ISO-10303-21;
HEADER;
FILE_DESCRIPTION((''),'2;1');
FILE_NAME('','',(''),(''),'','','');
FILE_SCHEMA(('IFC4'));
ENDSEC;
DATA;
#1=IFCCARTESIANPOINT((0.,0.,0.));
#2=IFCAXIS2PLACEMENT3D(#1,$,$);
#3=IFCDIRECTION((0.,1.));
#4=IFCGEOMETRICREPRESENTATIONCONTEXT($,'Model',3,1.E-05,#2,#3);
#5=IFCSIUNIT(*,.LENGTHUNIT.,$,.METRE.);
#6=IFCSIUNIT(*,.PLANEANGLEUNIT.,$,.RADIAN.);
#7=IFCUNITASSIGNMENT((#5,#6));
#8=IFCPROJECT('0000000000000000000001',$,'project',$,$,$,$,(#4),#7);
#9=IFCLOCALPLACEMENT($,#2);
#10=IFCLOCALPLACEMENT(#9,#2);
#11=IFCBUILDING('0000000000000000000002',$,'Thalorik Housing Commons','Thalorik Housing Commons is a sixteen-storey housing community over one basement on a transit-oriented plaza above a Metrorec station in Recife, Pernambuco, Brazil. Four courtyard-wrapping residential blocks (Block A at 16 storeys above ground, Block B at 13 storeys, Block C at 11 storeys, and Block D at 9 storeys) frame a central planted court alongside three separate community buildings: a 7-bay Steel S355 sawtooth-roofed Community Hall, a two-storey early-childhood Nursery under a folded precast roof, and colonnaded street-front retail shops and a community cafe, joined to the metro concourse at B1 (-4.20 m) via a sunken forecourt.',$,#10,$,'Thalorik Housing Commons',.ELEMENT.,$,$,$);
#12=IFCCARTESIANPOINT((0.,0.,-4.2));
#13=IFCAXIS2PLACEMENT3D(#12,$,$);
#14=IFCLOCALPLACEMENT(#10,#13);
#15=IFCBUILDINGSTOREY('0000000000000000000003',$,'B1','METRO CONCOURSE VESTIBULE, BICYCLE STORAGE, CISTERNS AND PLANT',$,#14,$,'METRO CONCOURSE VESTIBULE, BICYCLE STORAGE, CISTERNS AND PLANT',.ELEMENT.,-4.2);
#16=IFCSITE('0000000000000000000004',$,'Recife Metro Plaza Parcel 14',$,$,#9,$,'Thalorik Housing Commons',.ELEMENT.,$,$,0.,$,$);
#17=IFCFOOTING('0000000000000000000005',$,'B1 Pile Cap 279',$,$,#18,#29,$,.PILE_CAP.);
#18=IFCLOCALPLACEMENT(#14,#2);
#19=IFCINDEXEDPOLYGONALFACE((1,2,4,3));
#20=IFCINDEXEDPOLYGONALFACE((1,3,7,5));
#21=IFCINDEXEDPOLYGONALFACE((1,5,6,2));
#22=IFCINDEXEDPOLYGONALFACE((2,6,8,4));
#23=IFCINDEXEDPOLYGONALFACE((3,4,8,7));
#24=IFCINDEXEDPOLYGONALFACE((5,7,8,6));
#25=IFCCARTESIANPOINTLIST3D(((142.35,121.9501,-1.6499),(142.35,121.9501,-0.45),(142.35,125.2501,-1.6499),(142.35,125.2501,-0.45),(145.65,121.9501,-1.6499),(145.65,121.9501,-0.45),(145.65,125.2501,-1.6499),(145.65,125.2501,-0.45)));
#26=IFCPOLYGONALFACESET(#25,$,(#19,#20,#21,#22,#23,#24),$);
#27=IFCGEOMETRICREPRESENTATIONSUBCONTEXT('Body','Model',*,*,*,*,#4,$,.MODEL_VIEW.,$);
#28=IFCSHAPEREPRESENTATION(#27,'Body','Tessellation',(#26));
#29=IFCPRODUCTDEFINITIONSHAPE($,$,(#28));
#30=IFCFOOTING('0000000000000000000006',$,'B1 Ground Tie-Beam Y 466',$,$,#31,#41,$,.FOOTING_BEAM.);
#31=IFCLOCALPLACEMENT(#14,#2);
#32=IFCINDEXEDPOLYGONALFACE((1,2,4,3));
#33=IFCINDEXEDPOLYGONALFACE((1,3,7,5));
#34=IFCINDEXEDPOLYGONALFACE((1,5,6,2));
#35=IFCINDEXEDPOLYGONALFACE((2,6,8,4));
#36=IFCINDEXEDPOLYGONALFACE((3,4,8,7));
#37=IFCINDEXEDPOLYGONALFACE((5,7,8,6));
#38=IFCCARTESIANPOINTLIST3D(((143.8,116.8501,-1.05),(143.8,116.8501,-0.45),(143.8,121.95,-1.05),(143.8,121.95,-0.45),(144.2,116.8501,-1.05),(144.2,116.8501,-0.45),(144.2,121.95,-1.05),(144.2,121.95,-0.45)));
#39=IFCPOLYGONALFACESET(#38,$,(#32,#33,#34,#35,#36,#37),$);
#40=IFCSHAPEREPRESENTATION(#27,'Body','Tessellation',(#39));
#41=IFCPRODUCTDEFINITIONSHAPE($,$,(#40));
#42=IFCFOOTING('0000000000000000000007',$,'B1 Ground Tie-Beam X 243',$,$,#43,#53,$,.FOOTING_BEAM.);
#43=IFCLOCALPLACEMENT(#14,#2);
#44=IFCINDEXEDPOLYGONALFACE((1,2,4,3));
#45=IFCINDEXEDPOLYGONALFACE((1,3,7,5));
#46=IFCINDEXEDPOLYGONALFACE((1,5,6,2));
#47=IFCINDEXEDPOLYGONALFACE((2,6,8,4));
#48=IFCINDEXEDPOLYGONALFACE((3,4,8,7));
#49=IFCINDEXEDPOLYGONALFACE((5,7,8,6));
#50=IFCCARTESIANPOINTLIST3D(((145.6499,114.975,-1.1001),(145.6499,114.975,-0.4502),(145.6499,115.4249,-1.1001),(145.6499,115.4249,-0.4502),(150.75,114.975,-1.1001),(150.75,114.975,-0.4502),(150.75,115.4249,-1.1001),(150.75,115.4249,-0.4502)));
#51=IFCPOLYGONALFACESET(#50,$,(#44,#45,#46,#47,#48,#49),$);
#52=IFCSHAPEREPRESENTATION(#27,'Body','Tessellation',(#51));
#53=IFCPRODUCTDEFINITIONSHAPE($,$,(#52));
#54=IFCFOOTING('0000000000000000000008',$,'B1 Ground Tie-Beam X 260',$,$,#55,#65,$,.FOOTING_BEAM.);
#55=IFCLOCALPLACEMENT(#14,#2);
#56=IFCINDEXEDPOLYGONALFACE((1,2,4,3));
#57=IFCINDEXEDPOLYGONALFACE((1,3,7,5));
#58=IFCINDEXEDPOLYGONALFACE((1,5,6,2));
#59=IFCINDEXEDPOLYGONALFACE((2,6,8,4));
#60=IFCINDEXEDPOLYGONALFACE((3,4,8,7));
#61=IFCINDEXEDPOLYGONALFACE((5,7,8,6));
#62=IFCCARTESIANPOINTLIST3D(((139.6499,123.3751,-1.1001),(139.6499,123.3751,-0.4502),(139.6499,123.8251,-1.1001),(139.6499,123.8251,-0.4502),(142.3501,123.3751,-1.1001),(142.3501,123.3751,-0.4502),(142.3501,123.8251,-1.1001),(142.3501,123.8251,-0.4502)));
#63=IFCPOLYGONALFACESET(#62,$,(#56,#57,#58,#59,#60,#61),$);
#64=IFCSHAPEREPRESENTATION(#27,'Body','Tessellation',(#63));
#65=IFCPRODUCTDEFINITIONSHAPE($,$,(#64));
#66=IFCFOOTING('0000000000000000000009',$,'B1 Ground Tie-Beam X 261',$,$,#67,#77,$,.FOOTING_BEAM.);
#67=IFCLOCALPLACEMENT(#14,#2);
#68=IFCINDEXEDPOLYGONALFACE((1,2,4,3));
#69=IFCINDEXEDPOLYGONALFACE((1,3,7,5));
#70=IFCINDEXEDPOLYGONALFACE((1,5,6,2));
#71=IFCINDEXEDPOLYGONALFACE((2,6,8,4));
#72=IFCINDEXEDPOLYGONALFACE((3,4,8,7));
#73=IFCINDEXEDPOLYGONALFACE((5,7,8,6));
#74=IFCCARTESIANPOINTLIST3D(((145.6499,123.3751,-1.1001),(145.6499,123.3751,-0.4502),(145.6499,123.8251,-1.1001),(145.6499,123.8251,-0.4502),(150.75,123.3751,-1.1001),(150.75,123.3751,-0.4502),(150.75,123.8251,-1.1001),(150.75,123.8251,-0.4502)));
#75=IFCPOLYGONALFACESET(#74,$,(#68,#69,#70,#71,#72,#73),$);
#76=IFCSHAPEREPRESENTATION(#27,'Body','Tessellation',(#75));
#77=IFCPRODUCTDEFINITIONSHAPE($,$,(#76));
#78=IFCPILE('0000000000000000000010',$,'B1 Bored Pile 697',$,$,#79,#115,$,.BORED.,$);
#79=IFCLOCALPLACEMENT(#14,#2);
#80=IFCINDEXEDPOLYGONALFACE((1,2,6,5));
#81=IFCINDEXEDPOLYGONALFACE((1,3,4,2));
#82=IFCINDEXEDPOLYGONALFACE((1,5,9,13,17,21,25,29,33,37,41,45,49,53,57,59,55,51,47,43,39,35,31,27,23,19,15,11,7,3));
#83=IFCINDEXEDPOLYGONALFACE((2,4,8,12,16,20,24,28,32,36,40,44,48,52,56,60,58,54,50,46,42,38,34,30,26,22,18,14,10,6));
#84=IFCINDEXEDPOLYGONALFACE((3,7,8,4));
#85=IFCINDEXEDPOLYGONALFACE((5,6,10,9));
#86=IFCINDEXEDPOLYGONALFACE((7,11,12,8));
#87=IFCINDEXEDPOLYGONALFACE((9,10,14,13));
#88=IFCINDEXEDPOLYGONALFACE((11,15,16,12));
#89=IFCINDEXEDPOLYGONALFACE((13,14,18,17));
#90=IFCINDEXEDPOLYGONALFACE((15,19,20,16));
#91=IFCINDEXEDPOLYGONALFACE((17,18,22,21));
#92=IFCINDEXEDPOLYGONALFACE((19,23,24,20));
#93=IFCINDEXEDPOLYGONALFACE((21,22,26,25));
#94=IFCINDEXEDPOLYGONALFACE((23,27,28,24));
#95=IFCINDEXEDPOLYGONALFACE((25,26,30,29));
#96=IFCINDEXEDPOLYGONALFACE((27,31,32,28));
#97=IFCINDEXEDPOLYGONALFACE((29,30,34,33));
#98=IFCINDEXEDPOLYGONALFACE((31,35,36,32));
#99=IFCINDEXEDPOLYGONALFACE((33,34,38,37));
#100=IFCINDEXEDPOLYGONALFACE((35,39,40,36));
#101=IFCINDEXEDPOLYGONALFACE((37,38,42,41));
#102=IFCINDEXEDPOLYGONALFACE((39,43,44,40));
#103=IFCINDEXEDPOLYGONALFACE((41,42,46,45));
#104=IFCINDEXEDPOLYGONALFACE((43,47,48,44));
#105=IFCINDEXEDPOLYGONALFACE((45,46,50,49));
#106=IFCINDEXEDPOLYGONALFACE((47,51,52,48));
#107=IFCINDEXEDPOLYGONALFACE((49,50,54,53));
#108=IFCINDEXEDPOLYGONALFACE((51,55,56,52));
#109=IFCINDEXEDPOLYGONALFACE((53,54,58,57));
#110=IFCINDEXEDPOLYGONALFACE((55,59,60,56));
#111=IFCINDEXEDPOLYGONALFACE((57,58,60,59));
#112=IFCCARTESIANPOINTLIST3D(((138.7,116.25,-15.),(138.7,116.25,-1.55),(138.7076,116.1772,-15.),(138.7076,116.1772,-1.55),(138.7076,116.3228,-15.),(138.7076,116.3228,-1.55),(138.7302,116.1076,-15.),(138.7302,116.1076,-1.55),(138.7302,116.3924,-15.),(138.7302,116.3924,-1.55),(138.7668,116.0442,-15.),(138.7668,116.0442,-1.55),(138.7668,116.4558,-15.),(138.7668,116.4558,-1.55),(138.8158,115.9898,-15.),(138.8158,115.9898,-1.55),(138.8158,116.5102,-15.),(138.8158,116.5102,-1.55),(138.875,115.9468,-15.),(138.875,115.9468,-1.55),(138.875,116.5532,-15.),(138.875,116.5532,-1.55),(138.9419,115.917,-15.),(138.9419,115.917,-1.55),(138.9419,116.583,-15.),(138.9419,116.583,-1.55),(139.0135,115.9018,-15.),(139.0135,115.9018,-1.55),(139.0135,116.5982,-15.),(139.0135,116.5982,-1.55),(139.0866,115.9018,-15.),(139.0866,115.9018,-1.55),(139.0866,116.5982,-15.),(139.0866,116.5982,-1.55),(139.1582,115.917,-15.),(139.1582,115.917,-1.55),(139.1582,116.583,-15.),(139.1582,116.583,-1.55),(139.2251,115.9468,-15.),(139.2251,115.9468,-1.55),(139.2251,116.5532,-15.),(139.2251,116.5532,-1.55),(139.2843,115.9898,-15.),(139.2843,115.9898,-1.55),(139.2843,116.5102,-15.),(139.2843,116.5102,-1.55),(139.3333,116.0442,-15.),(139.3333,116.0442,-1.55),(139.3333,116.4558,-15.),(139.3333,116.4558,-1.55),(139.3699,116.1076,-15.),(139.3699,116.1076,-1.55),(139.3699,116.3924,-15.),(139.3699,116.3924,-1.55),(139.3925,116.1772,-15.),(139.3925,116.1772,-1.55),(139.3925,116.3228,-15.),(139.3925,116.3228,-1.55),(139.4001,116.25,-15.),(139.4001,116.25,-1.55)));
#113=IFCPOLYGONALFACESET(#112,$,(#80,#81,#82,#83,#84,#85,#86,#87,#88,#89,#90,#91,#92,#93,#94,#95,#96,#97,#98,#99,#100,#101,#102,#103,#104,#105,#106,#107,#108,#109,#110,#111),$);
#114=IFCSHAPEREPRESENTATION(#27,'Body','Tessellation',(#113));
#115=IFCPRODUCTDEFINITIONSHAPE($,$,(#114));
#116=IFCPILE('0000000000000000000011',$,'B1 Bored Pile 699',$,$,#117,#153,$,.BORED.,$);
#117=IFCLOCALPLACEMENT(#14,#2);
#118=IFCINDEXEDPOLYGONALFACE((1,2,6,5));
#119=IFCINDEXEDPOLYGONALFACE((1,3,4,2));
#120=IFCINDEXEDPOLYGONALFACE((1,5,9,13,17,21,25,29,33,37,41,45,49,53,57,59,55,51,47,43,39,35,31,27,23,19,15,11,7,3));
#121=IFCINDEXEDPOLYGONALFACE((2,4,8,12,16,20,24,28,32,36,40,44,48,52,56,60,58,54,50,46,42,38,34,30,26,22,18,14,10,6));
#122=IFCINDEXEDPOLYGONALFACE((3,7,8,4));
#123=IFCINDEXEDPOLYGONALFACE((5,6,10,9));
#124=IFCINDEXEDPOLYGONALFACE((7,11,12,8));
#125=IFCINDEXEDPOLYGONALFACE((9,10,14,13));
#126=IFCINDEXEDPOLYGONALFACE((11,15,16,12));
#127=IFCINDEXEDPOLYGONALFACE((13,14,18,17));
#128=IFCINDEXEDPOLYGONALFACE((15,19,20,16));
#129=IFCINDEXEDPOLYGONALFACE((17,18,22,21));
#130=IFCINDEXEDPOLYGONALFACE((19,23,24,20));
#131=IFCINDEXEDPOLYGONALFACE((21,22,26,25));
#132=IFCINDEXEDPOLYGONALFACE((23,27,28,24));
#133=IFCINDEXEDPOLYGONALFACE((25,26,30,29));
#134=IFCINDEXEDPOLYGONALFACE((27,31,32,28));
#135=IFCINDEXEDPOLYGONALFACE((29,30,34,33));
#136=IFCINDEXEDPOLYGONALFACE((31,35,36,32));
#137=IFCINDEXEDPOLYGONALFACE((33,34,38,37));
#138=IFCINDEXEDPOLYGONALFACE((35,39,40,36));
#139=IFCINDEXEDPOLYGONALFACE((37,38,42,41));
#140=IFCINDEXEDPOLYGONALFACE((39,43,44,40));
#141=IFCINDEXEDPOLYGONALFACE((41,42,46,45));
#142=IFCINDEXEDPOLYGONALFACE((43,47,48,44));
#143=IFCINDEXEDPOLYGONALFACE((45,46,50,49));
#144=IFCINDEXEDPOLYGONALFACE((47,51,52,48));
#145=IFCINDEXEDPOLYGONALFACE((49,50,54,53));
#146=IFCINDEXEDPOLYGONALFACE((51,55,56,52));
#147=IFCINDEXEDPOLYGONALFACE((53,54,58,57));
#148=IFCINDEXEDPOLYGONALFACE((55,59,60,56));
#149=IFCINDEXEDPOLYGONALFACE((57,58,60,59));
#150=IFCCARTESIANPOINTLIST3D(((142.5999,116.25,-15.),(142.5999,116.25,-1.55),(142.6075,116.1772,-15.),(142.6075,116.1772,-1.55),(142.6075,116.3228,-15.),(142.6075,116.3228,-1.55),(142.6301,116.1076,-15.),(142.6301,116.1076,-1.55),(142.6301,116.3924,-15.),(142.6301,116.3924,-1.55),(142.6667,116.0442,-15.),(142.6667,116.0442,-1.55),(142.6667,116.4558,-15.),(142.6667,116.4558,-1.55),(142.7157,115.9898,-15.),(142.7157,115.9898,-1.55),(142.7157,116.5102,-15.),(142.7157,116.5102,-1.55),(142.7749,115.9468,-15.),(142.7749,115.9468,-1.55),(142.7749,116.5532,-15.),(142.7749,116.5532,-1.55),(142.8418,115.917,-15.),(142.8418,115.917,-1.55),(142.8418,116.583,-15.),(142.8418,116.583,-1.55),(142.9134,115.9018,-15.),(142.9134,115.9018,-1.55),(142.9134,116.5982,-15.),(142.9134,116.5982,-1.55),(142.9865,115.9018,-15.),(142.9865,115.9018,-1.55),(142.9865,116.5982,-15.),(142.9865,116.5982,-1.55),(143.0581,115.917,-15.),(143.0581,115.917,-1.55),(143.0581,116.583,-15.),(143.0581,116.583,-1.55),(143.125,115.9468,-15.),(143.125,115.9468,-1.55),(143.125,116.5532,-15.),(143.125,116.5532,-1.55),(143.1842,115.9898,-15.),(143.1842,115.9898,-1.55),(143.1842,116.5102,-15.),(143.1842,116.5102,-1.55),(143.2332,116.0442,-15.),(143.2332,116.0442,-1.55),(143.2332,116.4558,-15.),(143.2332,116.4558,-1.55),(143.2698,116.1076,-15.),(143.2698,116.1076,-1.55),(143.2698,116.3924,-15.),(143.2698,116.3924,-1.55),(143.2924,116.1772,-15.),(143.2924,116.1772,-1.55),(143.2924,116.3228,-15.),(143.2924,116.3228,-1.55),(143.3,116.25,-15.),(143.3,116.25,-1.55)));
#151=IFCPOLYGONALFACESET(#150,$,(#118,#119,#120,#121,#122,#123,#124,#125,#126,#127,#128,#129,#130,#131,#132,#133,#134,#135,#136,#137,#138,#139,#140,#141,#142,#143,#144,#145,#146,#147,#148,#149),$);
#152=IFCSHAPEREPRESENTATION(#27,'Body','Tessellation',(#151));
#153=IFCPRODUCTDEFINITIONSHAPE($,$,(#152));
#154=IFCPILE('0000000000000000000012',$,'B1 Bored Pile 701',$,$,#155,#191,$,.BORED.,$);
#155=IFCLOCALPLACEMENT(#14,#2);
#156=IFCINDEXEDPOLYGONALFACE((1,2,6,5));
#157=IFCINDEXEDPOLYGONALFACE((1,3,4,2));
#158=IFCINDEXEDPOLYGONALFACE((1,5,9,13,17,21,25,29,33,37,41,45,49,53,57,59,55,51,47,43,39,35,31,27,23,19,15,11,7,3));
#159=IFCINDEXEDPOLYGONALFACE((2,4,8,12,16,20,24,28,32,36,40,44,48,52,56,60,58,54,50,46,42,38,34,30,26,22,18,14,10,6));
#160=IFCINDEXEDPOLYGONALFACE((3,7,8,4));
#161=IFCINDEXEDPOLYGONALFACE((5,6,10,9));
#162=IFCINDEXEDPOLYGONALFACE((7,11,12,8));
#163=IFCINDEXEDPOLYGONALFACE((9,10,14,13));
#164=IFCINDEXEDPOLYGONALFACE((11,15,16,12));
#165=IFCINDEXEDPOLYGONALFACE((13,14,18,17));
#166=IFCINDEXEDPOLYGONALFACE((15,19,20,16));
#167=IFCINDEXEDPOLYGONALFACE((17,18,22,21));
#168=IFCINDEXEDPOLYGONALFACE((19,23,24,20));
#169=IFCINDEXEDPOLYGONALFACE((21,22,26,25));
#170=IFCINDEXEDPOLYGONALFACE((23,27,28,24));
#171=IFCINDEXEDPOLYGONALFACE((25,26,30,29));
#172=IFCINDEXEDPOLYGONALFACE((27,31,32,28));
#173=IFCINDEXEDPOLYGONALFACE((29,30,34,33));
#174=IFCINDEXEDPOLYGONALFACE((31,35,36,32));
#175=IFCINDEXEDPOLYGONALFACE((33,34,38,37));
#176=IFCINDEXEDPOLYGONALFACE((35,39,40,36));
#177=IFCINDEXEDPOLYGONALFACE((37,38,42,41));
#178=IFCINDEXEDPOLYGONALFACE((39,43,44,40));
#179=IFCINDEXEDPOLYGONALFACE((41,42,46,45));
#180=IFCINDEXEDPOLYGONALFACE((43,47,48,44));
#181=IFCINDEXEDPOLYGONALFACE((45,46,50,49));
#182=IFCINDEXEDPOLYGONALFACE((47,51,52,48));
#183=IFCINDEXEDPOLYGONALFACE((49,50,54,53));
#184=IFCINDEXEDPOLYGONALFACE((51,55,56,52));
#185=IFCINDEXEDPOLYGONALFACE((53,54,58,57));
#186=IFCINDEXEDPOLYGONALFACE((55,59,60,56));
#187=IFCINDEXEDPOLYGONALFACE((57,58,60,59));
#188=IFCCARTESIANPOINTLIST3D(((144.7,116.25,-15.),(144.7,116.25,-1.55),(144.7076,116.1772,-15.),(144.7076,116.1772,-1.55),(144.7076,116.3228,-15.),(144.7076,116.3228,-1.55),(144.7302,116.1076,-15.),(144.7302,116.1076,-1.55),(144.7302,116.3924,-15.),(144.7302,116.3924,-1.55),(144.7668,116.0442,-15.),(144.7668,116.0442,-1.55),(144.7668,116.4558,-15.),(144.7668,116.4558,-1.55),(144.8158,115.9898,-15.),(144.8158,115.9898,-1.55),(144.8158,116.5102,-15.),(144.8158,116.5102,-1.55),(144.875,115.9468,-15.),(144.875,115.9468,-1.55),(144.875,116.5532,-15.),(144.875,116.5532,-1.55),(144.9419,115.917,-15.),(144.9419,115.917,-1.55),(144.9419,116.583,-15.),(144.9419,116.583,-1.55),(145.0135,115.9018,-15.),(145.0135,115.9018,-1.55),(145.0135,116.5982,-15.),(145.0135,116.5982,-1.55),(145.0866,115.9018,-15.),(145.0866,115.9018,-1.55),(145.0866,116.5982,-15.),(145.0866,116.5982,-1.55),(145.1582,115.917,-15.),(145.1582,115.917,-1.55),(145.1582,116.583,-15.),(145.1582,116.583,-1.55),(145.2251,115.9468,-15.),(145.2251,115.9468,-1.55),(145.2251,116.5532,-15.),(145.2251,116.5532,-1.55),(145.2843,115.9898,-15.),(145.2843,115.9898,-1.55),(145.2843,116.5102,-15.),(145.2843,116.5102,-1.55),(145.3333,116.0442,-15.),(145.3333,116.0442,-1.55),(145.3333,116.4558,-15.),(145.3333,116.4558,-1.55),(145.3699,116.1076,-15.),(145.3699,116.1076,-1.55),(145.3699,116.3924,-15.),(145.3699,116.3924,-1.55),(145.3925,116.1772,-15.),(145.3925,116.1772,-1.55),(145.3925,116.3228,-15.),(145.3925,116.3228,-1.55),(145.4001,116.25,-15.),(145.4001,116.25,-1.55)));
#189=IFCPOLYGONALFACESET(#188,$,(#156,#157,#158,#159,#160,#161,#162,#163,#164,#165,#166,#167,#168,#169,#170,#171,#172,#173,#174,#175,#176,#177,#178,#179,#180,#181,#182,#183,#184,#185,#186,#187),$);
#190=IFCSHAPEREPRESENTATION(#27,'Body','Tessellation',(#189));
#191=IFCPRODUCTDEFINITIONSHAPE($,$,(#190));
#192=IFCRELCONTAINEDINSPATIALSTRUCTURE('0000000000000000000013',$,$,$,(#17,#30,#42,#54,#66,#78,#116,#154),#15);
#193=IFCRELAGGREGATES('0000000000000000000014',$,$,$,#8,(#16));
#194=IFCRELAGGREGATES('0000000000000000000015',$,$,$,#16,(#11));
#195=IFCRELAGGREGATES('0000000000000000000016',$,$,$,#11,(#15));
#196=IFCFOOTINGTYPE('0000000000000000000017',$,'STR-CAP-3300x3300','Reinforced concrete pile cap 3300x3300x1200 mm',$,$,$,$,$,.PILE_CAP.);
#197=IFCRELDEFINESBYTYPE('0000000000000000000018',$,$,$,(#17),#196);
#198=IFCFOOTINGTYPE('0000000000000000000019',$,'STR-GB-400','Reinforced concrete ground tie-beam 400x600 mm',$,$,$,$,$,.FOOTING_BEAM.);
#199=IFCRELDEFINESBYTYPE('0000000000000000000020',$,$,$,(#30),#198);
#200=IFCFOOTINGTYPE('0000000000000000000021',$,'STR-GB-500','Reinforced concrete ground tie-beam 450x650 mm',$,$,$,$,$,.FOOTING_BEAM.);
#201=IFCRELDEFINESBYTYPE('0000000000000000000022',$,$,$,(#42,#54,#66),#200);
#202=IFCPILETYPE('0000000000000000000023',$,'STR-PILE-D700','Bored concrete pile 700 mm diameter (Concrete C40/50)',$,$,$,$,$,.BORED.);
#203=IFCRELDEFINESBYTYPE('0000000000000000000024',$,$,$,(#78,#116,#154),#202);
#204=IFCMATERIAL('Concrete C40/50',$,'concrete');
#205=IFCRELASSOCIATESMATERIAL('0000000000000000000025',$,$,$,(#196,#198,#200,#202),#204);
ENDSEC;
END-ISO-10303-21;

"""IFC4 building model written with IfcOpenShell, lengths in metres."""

from ifc_helpers import new_model, si_unit, direction, frame, origin, origin_2d, place, context, subcontext, project, spatial, rectangle, circle, extrude, material, material_profile, profile_set, type_object, element, save


model = new_model("IFC4")

# Units and contexts
model_context = context("Model", 3, precision=1e-05, world=origin(), true_north=direction((0.0, 1.0)))
body_context = subcontext(model_context, "Body", "Model", "MODEL_VIEW")
ifc_project = project(units=[si_unit("LENGTHUNIT", "METRE"), si_unit("PLANEANGLEUNIT", "RADIAN")], contexts=[model_context])

# Site, building, storey
site_placement = place(None, origin())
site = spatial("IfcSite", under=ifc_project, at=site_placement, Name="Recife Metro Plaza Parcel 14", LongName="Thalorik Housing Commons", CompositionType="ELEMENT", RefElevation=0.0)
building_placement = place(site_placement, origin())
building = spatial("IfcBuilding", under=site, at=building_placement, Name="Thalorik Housing Commons", Description="Thalorik Housing Commons is a sixteen-storey housing community over one basement on a transit-oriented plaza above a Metrorec station in Recife, Pernambuco, Brazil. Four courtyard-wrapping residential blocks (Block A at 16 storeys above ground, Block B at 13 storeys, Block C at 11 storeys, and Block D at 9 storeys) frame a central planted court alongside three separate community buildings: a 7-bay Steel S355 sawtooth-roofed Community Hall, a two-storey early-childhood Nursery under a folded precast roof, and colonnaded street-front retail shops and a community cafe, joined to the metro concourse at B1 (-4.20 m) via a sunken forecourt.", LongName="Thalorik Housing Commons", CompositionType="ELEMENT")
storey_placement = place(building_placement, frame((0.0, 0.0, -4.2)))
storey = spatial("IfcBuildingStorey", under=building, at=storey_placement, Name="B1", Description="METRO CONCOURSE VESTIBULE, BICYCLE STORAGE, CISTERNS AND PLANT", LongName="METRO CONCOURSE VESTIBULE, BICYCLE STORAGE, CISTERNS AND PLANT", CompositionType="ELEMENT", Elevation=-4.2)

# Footings
ifc_material_1 = material(Name="Concrete C40/50", Category="concrete")
footing_type_1 = type_object("IfcFootingType", Name="STR-CAP-3300x3300", Description="Reinforced concrete pile cap 3300x3300x1200 mm", PredefinedType="PILE_CAP", material=ifc_material_1)
footing_1_placement = place(storey_placement, frame((144.0, 123.6001, -1.6499), z_axis=(0.0, 0.0, 1.0), x_axis=(1.0, 0.0, 0.0)))
element("IfcFooting", 1, at=footing_1_placement, inside=storey, type_object=footing_type_1, Name="B1 Pile Cap 279", PredefinedType="PILE_CAP", context=body_context, shape_type="SweptSolid", body=[
    extrude(rectangle(XDim=3.3, YDim=3.3, at=origin_2d()), origin(), (0.0, 0.0, 1.0), 1.2),
])
ifc_material_profile_1 = material_profile(ifc_material_1, rectangle(XDim=0.3999, YDim=0.6001, at=origin_2d()), Name="RC 400x600", Category="concrete")
ifc_profile_set_1 = profile_set([ifc_material_profile_1], Name="Concrete C40/50")
footing_type_2 = type_object("IfcFootingType", Name="STR-GB-400", Description="Reinforced concrete ground tie-beam 400x600 mm", PredefinedType="FOOTING_BEAM", material=ifc_profile_set_1)
footing_2_placement = place(storey_placement, frame((144.0, 116.8501, -0.75), z_axis=(0.0, 1.0, 0.0), x_axis=(-1.0, 0.0, 0.0)))
element("IfcFooting", 2, at=footing_2_placement, inside=storey, type_object=footing_type_2, Name="B1 Ground Tie-Beam Y 466", PredefinedType="FOOTING_BEAM", context=body_context, shape_type="SweptSolid", body=[
    extrude(rectangle(XDim=0.3999, YDim=0.6001, at=origin_2d()), origin(), (0.0, 0.0, 1.0), 5.0999),
])
ifc_material_profile_2 = material_profile(ifc_material_1, rectangle(XDim=0.45, YDim=0.6499, at=origin_2d()), Name="RC 450x650", Category="concrete")
ifc_profile_set_2 = profile_set([ifc_material_profile_2], Name="Concrete C40/50")
footing_type_3 = type_object("IfcFootingType", Name="STR-GB-500", Description="Reinforced concrete ground tie-beam 450x650 mm", PredefinedType="FOOTING_BEAM", material=ifc_profile_set_2)
footing_3_placement = place(storey_placement, frame((145.6499, 115.2, -0.7751), z_axis=(1.0, 0.0, 0.0), x_axis=(0.0, 1.0, 0.0)))
element("IfcFooting", 3, at=footing_3_placement, inside=storey, type_object=footing_type_3, Name="B1 Ground Tie-Beam X 243", PredefinedType="FOOTING_BEAM", context=body_context, shape_type="SweptSolid", body=[
    extrude(rectangle(XDim=0.45, YDim=0.6499, at=origin_2d()), origin(), (0.0, 0.0, 1.0), 5.1001),
])
footing_4_placement = place(storey_placement, frame((139.6499, 123.6001, -0.7751), z_axis=(1.0, 0.0, 0.0), x_axis=(0.0, 1.0, 0.0)))
element("IfcFooting", 4, at=footing_4_placement, inside=storey, type_object=footing_type_3, Name="B1 Ground Tie-Beam X 260", PredefinedType="FOOTING_BEAM", context=body_context, shape_type="SweptSolid", body=[
    extrude(rectangle(XDim=0.45, YDim=0.6499, at=origin_2d()), origin(), (0.0, 0.0, 1.0), 2.7002),
])
footing_5_placement = place(storey_placement, frame((145.6499, 123.6001, -0.7751), z_axis=(1.0, 0.0, 0.0), x_axis=(0.0, 1.0, 0.0)))
element("IfcFooting", 5, at=footing_5_placement, inside=storey, type_object=footing_type_3, Name="B1 Ground Tie-Beam X 261", PredefinedType="FOOTING_BEAM", context=body_context, shape_type="SweptSolid", body=[
    extrude(rectangle(XDim=0.45, YDim=0.6499, at=origin_2d()), origin(), (0.0, 0.0, 1.0), 5.1001),
])

# Piles
ifc_material_profile_3 = material_profile(ifc_material_1, circle(Radius=0.3501, at=origin_2d()), Name="BORED PILE D700", Category="concrete")
ifc_profile_set_3 = profile_set([ifc_material_profile_3], Name="Concrete C40/50")
pile_type_1 = type_object("IfcPileType", Name="STR-PILE-D700", Description="Bored concrete pile 700 mm diameter (Concrete C40/50)", PredefinedType="BORED", material=ifc_profile_set_3)
for number, where, z_axis, x_axis, name in (
    (6, (139.05, 116.25, -1.55), (0.0, 0.0, -1.0), (1.0, 0.0, 0.0), "B1 Bored Pile 697"),
    (7, (142.95, 116.25, -1.55), (0.0, 0.0, -1.0), (1.0, 0.0, 0.0), "B1 Bored Pile 699"),
    (8, (145.05, 116.25, -1.55), (0.0, 0.0, -1.0), (1.0, 0.0, 0.0), "B1 Bored Pile 701"),
):
    element("IfcPile", number, at=place(storey_placement, frame(where, z_axis=z_axis, x_axis=x_axis)), inside=storey, type_object=pile_type_1, Name=name, PredefinedType="BORED", context=body_context, shape_type="SweptSolid", body=[
        extrude(circle(Radius=0.3501, at=origin_2d()), origin(), (0.0, 0.0, 1.0), 13.45),
    ])

save(model, "model.ifc")
